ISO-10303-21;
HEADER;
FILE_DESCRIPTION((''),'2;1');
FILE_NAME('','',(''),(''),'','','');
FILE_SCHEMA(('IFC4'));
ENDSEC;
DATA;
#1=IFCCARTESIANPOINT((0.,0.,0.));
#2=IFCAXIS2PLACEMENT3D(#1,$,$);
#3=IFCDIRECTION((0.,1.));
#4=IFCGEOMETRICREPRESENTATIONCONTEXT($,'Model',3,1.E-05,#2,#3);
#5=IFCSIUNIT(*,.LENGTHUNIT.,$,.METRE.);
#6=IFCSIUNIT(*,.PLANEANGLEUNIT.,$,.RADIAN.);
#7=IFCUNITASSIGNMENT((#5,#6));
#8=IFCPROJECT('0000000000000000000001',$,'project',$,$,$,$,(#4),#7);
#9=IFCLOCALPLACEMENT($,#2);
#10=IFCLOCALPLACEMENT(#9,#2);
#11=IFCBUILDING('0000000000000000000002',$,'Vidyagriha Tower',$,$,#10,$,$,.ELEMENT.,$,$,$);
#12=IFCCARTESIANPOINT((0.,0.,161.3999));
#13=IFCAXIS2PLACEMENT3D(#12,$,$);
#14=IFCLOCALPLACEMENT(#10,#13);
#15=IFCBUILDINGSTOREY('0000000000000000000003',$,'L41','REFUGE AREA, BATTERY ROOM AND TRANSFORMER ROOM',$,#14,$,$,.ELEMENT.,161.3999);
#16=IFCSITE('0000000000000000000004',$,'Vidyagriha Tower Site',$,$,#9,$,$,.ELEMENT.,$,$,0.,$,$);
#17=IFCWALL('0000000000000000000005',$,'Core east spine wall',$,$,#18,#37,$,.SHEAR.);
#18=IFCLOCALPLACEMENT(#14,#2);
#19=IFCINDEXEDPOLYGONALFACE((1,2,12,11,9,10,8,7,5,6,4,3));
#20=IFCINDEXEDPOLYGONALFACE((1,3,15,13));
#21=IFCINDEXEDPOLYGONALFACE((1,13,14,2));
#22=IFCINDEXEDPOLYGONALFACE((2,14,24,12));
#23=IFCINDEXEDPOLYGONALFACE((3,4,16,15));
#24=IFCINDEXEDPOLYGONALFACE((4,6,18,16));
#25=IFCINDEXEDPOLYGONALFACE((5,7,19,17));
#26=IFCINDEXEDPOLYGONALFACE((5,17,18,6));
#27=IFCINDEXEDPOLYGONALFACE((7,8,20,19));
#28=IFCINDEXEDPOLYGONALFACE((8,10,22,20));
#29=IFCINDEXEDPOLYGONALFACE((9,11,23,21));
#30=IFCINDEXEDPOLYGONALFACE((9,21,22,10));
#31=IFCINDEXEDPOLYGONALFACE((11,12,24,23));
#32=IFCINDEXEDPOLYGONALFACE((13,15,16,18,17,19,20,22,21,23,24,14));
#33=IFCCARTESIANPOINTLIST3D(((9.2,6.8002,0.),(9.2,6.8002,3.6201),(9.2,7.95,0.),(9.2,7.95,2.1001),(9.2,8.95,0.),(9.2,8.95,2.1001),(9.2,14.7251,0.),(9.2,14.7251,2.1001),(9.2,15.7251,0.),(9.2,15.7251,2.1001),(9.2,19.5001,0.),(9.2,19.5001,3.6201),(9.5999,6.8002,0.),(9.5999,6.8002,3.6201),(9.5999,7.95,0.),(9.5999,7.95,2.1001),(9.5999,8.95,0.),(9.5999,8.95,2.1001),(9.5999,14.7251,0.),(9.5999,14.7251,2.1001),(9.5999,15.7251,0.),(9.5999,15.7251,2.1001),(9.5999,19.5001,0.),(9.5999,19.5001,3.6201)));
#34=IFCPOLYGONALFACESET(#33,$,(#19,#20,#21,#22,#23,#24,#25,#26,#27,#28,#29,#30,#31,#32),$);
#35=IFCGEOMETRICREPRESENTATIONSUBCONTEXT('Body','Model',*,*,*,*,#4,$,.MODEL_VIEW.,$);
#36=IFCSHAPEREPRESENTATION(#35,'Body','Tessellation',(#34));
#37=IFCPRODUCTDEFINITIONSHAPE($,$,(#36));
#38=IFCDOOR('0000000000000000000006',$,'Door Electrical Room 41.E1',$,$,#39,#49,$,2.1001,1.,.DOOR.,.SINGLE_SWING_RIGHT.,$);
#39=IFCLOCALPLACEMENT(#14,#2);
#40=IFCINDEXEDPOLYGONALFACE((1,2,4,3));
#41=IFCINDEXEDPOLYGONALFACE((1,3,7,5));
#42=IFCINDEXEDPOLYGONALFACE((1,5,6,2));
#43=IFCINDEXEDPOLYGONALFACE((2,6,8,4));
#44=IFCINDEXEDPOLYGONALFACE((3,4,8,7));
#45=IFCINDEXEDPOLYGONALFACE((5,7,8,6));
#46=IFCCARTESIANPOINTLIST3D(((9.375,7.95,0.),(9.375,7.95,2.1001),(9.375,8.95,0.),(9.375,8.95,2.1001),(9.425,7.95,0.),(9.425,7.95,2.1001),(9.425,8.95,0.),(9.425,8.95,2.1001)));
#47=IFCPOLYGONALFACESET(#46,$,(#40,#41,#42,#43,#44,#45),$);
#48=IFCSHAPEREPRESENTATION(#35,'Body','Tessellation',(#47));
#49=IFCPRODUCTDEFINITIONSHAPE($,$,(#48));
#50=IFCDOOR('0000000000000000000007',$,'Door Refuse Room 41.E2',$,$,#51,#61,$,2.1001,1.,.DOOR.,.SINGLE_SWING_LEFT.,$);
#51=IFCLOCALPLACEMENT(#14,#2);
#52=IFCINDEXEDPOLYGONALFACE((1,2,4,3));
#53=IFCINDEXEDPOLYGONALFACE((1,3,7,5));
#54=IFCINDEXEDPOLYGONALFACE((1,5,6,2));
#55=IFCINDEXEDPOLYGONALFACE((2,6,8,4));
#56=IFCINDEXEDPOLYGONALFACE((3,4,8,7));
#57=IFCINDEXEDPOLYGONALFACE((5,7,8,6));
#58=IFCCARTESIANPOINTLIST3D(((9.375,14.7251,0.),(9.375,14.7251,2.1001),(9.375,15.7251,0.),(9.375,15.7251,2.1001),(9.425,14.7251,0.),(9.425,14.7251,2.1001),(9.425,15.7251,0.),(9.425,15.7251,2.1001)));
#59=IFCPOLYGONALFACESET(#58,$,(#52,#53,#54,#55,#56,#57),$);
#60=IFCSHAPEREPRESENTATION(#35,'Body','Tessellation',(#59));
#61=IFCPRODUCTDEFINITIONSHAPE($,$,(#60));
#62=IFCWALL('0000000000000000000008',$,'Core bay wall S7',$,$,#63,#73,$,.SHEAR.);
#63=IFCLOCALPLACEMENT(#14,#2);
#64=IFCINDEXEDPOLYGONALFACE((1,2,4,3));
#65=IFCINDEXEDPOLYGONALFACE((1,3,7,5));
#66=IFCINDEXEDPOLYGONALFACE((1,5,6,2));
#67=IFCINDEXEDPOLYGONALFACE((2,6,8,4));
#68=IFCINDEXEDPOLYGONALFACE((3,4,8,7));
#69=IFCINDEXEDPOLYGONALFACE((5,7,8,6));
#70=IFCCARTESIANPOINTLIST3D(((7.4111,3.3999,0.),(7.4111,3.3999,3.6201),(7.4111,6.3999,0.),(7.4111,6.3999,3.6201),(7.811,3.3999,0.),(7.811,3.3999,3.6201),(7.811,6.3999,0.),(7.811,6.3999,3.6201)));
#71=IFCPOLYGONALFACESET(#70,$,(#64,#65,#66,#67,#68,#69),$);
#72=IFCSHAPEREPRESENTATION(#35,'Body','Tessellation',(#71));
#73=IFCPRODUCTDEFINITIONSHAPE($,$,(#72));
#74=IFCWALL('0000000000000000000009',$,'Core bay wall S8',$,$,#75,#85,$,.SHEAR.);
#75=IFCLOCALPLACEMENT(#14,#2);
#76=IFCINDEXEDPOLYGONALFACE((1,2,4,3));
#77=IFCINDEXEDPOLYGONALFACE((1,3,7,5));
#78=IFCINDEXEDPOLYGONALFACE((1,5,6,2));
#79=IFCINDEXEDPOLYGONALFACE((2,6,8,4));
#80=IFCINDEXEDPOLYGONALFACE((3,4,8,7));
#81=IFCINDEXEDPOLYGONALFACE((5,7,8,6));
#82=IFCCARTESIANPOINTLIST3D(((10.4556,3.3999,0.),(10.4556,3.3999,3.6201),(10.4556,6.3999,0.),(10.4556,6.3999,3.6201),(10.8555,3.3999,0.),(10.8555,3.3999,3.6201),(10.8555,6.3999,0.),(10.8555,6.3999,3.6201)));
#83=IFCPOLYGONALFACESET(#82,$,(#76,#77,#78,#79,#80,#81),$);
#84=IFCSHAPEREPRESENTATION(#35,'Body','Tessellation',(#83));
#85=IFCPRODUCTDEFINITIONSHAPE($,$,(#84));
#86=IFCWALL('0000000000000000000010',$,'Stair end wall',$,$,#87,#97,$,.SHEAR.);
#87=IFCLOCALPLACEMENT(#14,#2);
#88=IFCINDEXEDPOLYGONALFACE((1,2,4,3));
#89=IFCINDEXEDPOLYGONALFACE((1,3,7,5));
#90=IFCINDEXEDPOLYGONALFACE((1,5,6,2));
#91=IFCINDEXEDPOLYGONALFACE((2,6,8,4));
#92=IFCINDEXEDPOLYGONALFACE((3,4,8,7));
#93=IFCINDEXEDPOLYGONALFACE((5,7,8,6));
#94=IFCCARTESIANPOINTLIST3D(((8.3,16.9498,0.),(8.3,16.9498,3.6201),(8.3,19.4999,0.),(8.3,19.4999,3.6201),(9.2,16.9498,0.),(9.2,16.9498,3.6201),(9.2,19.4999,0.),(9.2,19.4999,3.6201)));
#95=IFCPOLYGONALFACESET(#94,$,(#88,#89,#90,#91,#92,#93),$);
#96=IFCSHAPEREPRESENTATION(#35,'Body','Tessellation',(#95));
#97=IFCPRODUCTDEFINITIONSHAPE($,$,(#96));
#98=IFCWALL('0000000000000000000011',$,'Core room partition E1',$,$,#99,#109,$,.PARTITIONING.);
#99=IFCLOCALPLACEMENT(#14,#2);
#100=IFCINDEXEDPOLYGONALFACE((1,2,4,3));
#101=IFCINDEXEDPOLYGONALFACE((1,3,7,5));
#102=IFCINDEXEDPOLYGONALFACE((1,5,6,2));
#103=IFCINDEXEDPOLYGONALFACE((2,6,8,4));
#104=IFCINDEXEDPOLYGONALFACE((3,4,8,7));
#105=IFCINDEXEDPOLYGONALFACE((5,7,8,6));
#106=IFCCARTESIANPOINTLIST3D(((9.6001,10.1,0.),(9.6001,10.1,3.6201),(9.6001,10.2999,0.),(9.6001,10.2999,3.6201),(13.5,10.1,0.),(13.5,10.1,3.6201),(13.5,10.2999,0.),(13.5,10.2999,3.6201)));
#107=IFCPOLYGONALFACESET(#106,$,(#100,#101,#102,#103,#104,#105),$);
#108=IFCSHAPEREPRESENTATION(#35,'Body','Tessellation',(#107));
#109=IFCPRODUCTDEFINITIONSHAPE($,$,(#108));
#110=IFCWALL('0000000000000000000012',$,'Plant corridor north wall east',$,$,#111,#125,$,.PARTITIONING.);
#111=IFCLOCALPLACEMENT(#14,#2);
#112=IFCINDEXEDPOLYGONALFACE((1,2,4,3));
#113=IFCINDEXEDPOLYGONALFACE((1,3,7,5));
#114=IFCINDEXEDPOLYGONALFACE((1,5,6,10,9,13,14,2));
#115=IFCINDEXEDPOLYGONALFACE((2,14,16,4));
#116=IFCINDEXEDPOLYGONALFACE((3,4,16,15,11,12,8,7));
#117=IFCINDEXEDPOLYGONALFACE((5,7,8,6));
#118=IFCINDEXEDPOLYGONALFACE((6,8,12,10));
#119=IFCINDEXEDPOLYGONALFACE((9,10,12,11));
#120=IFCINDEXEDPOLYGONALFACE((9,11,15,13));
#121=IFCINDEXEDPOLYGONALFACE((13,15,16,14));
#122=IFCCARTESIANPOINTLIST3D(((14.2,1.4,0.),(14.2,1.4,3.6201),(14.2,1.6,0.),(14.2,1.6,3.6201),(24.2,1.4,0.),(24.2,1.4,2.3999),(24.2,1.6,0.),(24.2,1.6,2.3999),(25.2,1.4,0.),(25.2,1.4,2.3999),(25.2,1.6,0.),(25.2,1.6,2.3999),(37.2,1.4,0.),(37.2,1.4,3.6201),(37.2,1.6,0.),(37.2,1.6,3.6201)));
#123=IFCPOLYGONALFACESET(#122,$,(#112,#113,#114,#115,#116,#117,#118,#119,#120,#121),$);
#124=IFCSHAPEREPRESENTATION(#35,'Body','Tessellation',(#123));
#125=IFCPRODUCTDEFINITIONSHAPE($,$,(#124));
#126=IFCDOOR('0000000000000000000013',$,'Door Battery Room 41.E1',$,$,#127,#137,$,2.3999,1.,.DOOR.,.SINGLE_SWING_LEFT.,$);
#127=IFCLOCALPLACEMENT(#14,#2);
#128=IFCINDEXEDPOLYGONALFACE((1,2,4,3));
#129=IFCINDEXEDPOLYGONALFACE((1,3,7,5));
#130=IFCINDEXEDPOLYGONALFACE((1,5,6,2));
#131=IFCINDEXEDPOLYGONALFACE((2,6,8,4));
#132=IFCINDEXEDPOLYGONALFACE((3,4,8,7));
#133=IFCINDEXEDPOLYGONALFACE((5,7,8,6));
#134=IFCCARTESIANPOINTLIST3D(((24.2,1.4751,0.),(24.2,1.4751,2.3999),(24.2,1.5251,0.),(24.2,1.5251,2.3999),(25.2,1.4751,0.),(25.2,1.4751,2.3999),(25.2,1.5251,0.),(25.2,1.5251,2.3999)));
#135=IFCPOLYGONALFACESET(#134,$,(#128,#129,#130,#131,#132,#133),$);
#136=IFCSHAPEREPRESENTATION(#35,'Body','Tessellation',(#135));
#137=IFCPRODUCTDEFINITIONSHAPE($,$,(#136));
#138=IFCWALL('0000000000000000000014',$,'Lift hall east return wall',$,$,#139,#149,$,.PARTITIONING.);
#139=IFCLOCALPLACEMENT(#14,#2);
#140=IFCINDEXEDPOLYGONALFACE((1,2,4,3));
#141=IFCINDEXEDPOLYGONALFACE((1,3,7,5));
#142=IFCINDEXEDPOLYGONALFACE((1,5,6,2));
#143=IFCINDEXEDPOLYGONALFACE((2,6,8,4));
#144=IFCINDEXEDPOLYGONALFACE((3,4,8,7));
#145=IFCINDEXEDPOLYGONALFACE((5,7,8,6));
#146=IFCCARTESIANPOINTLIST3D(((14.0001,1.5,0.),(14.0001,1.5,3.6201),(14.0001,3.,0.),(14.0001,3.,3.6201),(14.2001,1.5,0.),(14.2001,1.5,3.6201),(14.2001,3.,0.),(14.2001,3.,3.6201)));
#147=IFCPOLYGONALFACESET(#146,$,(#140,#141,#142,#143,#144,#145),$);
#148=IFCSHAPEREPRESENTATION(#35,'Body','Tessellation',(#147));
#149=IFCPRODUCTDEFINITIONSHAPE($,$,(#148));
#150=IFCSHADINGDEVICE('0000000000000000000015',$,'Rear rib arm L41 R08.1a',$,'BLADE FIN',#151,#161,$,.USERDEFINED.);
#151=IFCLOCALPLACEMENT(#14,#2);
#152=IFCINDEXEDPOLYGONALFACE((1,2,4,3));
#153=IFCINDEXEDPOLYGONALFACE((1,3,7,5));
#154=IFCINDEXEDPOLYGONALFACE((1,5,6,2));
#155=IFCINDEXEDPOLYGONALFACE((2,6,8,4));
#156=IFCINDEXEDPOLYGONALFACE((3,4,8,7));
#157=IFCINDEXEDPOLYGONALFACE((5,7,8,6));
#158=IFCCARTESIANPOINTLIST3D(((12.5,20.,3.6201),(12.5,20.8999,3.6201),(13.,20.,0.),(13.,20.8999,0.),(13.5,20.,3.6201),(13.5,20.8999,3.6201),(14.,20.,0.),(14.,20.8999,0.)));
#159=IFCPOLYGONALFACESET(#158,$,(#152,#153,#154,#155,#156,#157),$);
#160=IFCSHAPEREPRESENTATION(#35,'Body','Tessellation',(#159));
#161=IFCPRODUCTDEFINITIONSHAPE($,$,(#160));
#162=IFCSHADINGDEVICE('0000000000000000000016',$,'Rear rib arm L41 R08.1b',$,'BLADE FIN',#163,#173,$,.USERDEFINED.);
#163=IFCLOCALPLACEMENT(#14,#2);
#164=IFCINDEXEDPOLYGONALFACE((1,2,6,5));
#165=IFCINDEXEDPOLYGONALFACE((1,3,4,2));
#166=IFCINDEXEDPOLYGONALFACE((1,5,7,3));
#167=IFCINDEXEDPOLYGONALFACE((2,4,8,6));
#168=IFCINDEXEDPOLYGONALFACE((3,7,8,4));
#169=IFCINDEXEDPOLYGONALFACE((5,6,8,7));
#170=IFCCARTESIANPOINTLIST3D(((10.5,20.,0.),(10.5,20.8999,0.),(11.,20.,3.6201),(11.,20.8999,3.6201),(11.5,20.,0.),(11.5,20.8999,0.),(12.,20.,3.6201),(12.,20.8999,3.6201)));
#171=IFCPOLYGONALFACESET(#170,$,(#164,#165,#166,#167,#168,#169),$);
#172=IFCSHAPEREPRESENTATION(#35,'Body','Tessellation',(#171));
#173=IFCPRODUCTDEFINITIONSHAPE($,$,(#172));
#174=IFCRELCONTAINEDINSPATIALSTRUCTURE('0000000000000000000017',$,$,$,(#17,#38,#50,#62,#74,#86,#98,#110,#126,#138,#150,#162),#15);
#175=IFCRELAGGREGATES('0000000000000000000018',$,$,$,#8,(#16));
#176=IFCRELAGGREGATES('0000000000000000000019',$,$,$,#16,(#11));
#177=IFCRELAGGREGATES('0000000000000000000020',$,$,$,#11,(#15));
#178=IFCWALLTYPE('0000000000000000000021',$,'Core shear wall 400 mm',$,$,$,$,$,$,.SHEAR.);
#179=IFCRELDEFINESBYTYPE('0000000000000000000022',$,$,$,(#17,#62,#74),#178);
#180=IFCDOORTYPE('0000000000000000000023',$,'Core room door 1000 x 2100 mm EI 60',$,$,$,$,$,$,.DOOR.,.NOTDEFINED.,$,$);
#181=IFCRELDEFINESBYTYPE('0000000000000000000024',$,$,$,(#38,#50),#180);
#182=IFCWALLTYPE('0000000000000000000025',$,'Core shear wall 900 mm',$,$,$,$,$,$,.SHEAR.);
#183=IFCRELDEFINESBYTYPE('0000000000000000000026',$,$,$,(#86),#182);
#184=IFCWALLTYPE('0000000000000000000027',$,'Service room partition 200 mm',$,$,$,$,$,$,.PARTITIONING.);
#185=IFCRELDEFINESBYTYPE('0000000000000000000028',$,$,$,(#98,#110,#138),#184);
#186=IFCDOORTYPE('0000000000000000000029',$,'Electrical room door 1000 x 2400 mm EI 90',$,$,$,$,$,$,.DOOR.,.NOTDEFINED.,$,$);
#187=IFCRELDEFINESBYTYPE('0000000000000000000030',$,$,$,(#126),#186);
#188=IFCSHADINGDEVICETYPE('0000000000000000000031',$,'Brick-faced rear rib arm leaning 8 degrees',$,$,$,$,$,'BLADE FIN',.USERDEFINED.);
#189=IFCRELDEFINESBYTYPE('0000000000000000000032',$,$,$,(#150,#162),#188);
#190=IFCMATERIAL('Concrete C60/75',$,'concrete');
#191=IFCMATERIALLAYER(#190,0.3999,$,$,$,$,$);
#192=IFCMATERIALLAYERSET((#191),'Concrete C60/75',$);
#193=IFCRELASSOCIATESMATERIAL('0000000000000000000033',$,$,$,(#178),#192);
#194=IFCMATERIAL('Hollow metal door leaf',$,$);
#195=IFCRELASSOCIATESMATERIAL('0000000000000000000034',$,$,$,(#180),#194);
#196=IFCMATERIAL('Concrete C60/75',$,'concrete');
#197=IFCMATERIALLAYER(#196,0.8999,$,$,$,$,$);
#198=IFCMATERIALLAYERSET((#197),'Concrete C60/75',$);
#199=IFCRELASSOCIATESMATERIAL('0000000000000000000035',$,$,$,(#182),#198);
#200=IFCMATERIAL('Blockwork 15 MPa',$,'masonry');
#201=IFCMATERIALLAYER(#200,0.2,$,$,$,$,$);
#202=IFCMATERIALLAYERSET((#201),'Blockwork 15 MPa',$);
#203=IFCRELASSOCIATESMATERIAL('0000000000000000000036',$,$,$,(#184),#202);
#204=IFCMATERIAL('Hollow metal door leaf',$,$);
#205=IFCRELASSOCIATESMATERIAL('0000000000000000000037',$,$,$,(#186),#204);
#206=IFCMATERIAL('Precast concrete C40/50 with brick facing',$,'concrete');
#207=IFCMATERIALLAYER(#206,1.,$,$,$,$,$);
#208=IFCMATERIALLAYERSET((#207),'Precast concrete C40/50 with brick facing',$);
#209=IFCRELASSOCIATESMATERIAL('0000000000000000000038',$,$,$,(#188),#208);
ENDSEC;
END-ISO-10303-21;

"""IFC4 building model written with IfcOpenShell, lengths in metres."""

from ifc_helpers import new_model, si_unit, direction, frame, frame_2d, origin, place, context, subcontext, project, spatial, polyline, rectangle, outline, extrude, material, layer, layer_set, type_object, element, fill, save


model = new_model("IFC4")

# Units and contexts
model_context = context("Model", 3, precision=1e-05, world=origin(), true_north=direction((0.0, 1.0)))
body_context = subcontext(model_context, "Body", "Model", "MODEL_VIEW")
ifc_project = project(units=[si_unit("LENGTHUNIT", "METRE"), si_unit("PLANEANGLEUNIT", "RADIAN")], contexts=[model_context])

# Site, building, storey
site_placement = place(None, origin())
site = spatial("IfcSite", under=ifc_project, at=site_placement, Name="Vidyagriha Tower Site", CompositionType="ELEMENT", RefElevation=0.0)
building_placement = place(site_placement, origin())
building = spatial("IfcBuilding", under=site, at=building_placement, Name="Vidyagriha Tower", CompositionType="ELEMENT")
storey_placement = place(building_placement, frame((0.0, 0.0, 161.3999)))
storey = spatial("IfcBuildingStorey", under=building, at=storey_placement, Name="L41", Description="REFUGE AREA, BATTERY ROOM AND TRANSFORMER ROOM", CompositionType="ELEMENT", Elevation=161.3999)

# Shared definitions
ifc_material_1 = material(Name="Concrete C60/75", Category="concrete")
ifc_layer_1 = layer(ifc_material_1, 0.3999)
ifc_layer_set_1 = layer_set([ifc_layer_1], Name="Concrete C60/75")
wall_type_1 = type_object("IfcWallType", Name="Core shear wall 400 mm", PredefinedType="SHEAR", material=ifc_layer_set_1)

# Wall, openings, doors
wall_1_placement = place(storey_placement, frame((9.3999, 6.8, 0.0), z_axis=(0.0, 0.0, 1.0), x_axis=(0.0, 1.0, 0.0)))
wall_1 = element("IfcWall", 1, at=wall_1_placement, inside=storey, type_object=wall_type_1, Name="Core east spine wall", PredefinedType="SHEAR", context=body_context, shape_type="SweptSolid", body=[
    extrude(rectangle(XDim=12.7, YDim=0.3999, at=frame_2d((6.3501, 0.0))), origin(), (0.0, 0.0, 1.0), 3.6201),
])
opening_1_placement = place(wall_1_placement, frame((1.1499, 0.0, 0.0)))
opening_1 = element("IfcOpeningElement", 2, at=opening_1_placement, cuts=wall_1, PredefinedType="OPENING", context=body_context, shape_type="SweptSolid", body=[
    extrude(rectangle(XDim=1.0, YDim=2.1001, at=frame_2d((0.5, 1.05))), frame((0.0, 0.21, 0.0), z_axis=(0.0, -1.0, 0.0), x_axis=(1.0, 0.0, 0.0)), (0.0, 0.0, 1.0), 0.4199),
])
opening_2_placement = place(wall_1_placement, frame((7.925, 0.0, 0.0)))
opening_2 = element("IfcOpeningElement", 3, at=opening_2_placement, cuts=wall_1, PredefinedType="OPENING", context=body_context, shape_type="SweptSolid", body=[
    extrude(rectangle(XDim=1.0, YDim=2.1001, at=frame_2d((0.5, 1.05))), frame((0.0, 0.21, 0.0), z_axis=(0.0, -1.0, 0.0), x_axis=(1.0, 0.0, 0.0)), (0.0, 0.0, 1.0), 0.4199),
])
ifc_material_2 = material(Name="Hollow metal door leaf")
door_type_1 = type_object("IfcDoorType", Name="Core room door 1000 x 2100 mm EI 60", OperationType="NOTDEFINED", PredefinedType="DOOR", material=ifc_material_2)
door_1_placement = place(opening_1_placement, origin())
door_1 = element("IfcDoor", 4, at=door_1_placement, inside=storey, type_object=door_type_1, Name="Door Electrical Room 41.E1", OperationType="SINGLE_SWING_RIGHT", OverallHeight=2.1001, OverallWidth=1.0, PredefinedType="DOOR", context=body_context, shape_type="SweptSolid", body=[
    extrude(rectangle(XDim=1.0, YDim=2.1001, at=frame_2d((0.5, 1.05))), frame((0.0, 0.0249, 0.0), z_axis=(0.0, -1.0, 0.0), x_axis=(1.0, 0.0, 0.0)), (0.0, 0.0, 1.0), 0.05),
])
fill(opening_1, door_1)
door_2_placement = place(opening_2_placement, origin())
door_2 = element("IfcDoor", 5, at=door_2_placement, inside=storey, type_object=door_type_1, Name="Door Refuse Room 41.E2", OperationType="SINGLE_SWING_LEFT", OverallHeight=2.1001, OverallWidth=1.0, PredefinedType="DOOR", context=body_context, shape_type="SweptSolid", body=[
    extrude(rectangle(XDim=1.0, YDim=2.1001, at=frame_2d((0.5, 1.05))), frame((0.0, 0.0249, 0.0), z_axis=(0.0, -1.0, 0.0), x_axis=(1.0, 0.0, 0.0)), (0.0, 0.0, 1.0), 0.05),
])
fill(opening_2, door_2)

# Walls
for number, where, z_axis, x_axis, name in (
    (6, (7.6111, 3.3999, 0.0), (0.0, 0.0, 1.0), (0.0, 1.0, 0.0), "Core bay wall S7"),
    (7, (10.6555, 3.3999, 0.0), (0.0, 0.0, 1.0), (0.0, 1.0, 0.0), "Core bay wall S8"),
):
    element("IfcWall", number, at=place(storey_placement, frame(where, z_axis=z_axis, x_axis=x_axis)), inside=storey, type_object=wall_type_1, Name=name, PredefinedType="SHEAR", context=body_context, shape_type="SweptSolid", body=[
        extrude(rectangle(XDim=3.0, YDim=0.3999, at=frame_2d((1.5, 0.0))), origin(), (0.0, 0.0, 1.0), 3.6201),
    ])
ifc_material_3 = material(Name="Concrete C60/75", Category="concrete")
ifc_layer_2 = layer(ifc_material_3, 0.8999)
ifc_layer_set_2 = layer_set([ifc_layer_2], Name="Concrete C60/75")
wall_type_2 = type_object("IfcWallType", Name="Core shear wall 900 mm", PredefinedType="SHEAR", material=ifc_layer_set_2)
wall_2_placement = place(storey_placement, frame((8.75, 16.95, 0.0), z_axis=(0.0, 0.0, 1.0), x_axis=(0.0, 1.0, 0.0)))
element("IfcWall", 8, at=wall_2_placement, inside=storey, type_object=wall_type_2, Name="Stair end wall", PredefinedType="SHEAR", context=body_context, shape_type="SweptSolid", body=[
    extrude(rectangle(XDim=2.55, YDim=0.8999, at=frame_2d((1.2749, 0.0))), origin(), (0.0, 0.0, 1.0), 3.6201),
])
ifc_material_4 = material(Name="Blockwork 15 MPa", Category="masonry")
ifc_layer_3 = layer(ifc_material_4, 0.2)
ifc_layer_set_3 = layer_set([ifc_layer_3], Name="Blockwork 15 MPa")
wall_type_3 = type_object("IfcWallType", Name="Service room partition 200 mm", PredefinedType="PARTITIONING", material=ifc_layer_set_3)
wall_3_placement = place(storey_placement, frame((9.6001, 10.2, 0.0)))
element("IfcWall", 9, at=wall_3_placement, inside=storey, type_object=wall_type_3, Name="Core room partition E1", PredefinedType="PARTITIONING", context=body_context, shape_type="SweptSolid", body=[
    extrude(rectangle(XDim=3.8999, YDim=0.2, at=frame_2d((1.95, 0.0))), origin(), (0.0, 0.0, 1.0), 3.6201),
])

# Wall, opening, door
wall_4_placement = place(storey_placement, frame((14.2, 1.5, 0.0)))
wall_4 = element("IfcWall", 10, at=wall_4_placement, inside=storey, type_object=wall_type_3, Name="Plant corridor north wall east", PredefinedType="PARTITIONING", context=body_context, shape_type="SweptSolid", body=[
    extrude(rectangle(XDim=23.0, YDim=0.2, at=frame_2d((11.5, 0.0))), origin(), (0.0, 0.0, 1.0), 3.6201),
])
opening_3_placement = place(wall_4_placement, frame((10.0, 0.0, 0.0)))
opening_3 = element("IfcOpeningElement", 11, at=opening_3_placement, cuts=wall_4, PredefinedType="OPENING", context=body_context, shape_type="SweptSolid", body=[
    extrude(rectangle(XDim=1.0, YDim=2.3999, at=frame_2d((0.5, 1.2))), frame((0.0, 0.1099, 0.0), z_axis=(0.0, -1.0, 0.0), x_axis=(1.0, 0.0, 0.0)), (0.0, 0.0, 1.0), 0.22),
])
ifc_material_5 = material(Name="Hollow metal door leaf")
door_type_2 = type_object("IfcDoorType", Name="Electrical room door 1000 x 2400 mm EI 90", OperationType="NOTDEFINED", PredefinedType="DOOR", material=ifc_material_5)
door_3_placement = place(opening_3_placement, frame((1.0, 0.0, 0.0), z_axis=(0.0, 0.0, 1.0), x_axis=(-1.0, 0.0, 0.0)))
door_3 = element("IfcDoor", 12, at=door_3_placement, inside=storey, type_object=door_type_2, Name="Door Battery Room 41.E1", OperationType="SINGLE_SWING_LEFT", OverallHeight=2.3999, OverallWidth=1.0, PredefinedType="DOOR", context=body_context, shape_type="SweptSolid", body=[
    extrude(rectangle(XDim=1.0, YDim=2.3999, at=frame_2d((0.5, 1.2))), frame((0.0, 0.0249, 0.0), z_axis=(0.0, -1.0, 0.0), x_axis=(1.0, 0.0, 0.0)), (0.0, 0.0, 1.0), 0.05),
])
fill(opening_3, door_3)

# Wall
wall_5_placement = place(storey_placement, frame((14.1001, 1.5, 0.0), z_axis=(0.0, 0.0, 1.0), x_axis=(0.0, 1.0, 0.0)))
element("IfcWall", 13, at=wall_5_placement, inside=storey, type_object=wall_type_3, Name="Lift hall east return wall", PredefinedType="PARTITIONING", context=body_context, shape_type="SweptSolid", body=[
    extrude(rectangle(XDim=1.5, YDim=0.2, at=frame_2d((0.75, 0.0))), origin(), (0.0, 0.0, 1.0), 3.6201),
])

# Shading devices
ifc_material_6 = material(Name="Precast concrete C40/50 with brick facing", Category="concrete")
ifc_layer_4 = layer(ifc_material_6, 1.0)
ifc_layer_set_4 = layer_set([ifc_layer_4], Name="Precast concrete C40/50 with brick facing")
shading_device_type_1 = type_object("IfcShadingDeviceType", Name="Brick-faced rear rib arm leaning 8 degrees", ElementType="BLADE FIN", PredefinedType="USERDEFINED", material=ifc_layer_set_4)
shading_device_1_placement = place(storey_placement, frame((14.0, 20.45, 0.0), z_axis=(0.0, 0.0, 1.0), x_axis=(-1.0, 0.0, 0.0)))
element("IfcShadingDevice", 14, at=shading_device_1_placement, inside=storey, type_object=shading_device_type_1, Name="Rear rib arm L41 R08.1a", ObjectType="BLADE FIN", PredefinedType="USERDEFINED", context=body_context, shape_type="SweptSolid", body=[
    extrude(outline(polyline([(0.0, 0.0), (1.0, 0.0), (1.5, 3.6201), (0.5, 3.6201), (0.0, 0.0)])), frame((0.0, 0.45, 0.0), z_axis=(0.0, -1.0, 0.0), x_axis=(1.0, 0.0, 0.0)), (0.0, 0.0, 1.0), 0.8999),
])
shading_device_2_placement = place(storey_placement, frame((12.0, 20.45, 0.0), z_axis=(0.0, 0.0, 1.0), x_axis=(-1.0, 0.0, 0.0)))
element("IfcShadingDevice", 15, at=shading_device_2_placement, inside=storey, type_object=shading_device_type_1, Name="Rear rib arm L41 R08.1b", ObjectType="BLADE FIN", PredefinedType="USERDEFINED", context=body_context, shape_type="SweptSolid", body=[
    extrude(outline(polyline([(0.5, 0.0), (1.5, 0.0), (1.0, 3.6201), (0.0, 3.6201), (0.5, 0.0)])), frame((0.0, 0.45, 0.0), z_axis=(0.0, -1.0, 0.0), x_axis=(1.0, 0.0, 0.0)), (0.0, 0.0, 1.0), 0.8999),
])

save(model, "model.ifc")
